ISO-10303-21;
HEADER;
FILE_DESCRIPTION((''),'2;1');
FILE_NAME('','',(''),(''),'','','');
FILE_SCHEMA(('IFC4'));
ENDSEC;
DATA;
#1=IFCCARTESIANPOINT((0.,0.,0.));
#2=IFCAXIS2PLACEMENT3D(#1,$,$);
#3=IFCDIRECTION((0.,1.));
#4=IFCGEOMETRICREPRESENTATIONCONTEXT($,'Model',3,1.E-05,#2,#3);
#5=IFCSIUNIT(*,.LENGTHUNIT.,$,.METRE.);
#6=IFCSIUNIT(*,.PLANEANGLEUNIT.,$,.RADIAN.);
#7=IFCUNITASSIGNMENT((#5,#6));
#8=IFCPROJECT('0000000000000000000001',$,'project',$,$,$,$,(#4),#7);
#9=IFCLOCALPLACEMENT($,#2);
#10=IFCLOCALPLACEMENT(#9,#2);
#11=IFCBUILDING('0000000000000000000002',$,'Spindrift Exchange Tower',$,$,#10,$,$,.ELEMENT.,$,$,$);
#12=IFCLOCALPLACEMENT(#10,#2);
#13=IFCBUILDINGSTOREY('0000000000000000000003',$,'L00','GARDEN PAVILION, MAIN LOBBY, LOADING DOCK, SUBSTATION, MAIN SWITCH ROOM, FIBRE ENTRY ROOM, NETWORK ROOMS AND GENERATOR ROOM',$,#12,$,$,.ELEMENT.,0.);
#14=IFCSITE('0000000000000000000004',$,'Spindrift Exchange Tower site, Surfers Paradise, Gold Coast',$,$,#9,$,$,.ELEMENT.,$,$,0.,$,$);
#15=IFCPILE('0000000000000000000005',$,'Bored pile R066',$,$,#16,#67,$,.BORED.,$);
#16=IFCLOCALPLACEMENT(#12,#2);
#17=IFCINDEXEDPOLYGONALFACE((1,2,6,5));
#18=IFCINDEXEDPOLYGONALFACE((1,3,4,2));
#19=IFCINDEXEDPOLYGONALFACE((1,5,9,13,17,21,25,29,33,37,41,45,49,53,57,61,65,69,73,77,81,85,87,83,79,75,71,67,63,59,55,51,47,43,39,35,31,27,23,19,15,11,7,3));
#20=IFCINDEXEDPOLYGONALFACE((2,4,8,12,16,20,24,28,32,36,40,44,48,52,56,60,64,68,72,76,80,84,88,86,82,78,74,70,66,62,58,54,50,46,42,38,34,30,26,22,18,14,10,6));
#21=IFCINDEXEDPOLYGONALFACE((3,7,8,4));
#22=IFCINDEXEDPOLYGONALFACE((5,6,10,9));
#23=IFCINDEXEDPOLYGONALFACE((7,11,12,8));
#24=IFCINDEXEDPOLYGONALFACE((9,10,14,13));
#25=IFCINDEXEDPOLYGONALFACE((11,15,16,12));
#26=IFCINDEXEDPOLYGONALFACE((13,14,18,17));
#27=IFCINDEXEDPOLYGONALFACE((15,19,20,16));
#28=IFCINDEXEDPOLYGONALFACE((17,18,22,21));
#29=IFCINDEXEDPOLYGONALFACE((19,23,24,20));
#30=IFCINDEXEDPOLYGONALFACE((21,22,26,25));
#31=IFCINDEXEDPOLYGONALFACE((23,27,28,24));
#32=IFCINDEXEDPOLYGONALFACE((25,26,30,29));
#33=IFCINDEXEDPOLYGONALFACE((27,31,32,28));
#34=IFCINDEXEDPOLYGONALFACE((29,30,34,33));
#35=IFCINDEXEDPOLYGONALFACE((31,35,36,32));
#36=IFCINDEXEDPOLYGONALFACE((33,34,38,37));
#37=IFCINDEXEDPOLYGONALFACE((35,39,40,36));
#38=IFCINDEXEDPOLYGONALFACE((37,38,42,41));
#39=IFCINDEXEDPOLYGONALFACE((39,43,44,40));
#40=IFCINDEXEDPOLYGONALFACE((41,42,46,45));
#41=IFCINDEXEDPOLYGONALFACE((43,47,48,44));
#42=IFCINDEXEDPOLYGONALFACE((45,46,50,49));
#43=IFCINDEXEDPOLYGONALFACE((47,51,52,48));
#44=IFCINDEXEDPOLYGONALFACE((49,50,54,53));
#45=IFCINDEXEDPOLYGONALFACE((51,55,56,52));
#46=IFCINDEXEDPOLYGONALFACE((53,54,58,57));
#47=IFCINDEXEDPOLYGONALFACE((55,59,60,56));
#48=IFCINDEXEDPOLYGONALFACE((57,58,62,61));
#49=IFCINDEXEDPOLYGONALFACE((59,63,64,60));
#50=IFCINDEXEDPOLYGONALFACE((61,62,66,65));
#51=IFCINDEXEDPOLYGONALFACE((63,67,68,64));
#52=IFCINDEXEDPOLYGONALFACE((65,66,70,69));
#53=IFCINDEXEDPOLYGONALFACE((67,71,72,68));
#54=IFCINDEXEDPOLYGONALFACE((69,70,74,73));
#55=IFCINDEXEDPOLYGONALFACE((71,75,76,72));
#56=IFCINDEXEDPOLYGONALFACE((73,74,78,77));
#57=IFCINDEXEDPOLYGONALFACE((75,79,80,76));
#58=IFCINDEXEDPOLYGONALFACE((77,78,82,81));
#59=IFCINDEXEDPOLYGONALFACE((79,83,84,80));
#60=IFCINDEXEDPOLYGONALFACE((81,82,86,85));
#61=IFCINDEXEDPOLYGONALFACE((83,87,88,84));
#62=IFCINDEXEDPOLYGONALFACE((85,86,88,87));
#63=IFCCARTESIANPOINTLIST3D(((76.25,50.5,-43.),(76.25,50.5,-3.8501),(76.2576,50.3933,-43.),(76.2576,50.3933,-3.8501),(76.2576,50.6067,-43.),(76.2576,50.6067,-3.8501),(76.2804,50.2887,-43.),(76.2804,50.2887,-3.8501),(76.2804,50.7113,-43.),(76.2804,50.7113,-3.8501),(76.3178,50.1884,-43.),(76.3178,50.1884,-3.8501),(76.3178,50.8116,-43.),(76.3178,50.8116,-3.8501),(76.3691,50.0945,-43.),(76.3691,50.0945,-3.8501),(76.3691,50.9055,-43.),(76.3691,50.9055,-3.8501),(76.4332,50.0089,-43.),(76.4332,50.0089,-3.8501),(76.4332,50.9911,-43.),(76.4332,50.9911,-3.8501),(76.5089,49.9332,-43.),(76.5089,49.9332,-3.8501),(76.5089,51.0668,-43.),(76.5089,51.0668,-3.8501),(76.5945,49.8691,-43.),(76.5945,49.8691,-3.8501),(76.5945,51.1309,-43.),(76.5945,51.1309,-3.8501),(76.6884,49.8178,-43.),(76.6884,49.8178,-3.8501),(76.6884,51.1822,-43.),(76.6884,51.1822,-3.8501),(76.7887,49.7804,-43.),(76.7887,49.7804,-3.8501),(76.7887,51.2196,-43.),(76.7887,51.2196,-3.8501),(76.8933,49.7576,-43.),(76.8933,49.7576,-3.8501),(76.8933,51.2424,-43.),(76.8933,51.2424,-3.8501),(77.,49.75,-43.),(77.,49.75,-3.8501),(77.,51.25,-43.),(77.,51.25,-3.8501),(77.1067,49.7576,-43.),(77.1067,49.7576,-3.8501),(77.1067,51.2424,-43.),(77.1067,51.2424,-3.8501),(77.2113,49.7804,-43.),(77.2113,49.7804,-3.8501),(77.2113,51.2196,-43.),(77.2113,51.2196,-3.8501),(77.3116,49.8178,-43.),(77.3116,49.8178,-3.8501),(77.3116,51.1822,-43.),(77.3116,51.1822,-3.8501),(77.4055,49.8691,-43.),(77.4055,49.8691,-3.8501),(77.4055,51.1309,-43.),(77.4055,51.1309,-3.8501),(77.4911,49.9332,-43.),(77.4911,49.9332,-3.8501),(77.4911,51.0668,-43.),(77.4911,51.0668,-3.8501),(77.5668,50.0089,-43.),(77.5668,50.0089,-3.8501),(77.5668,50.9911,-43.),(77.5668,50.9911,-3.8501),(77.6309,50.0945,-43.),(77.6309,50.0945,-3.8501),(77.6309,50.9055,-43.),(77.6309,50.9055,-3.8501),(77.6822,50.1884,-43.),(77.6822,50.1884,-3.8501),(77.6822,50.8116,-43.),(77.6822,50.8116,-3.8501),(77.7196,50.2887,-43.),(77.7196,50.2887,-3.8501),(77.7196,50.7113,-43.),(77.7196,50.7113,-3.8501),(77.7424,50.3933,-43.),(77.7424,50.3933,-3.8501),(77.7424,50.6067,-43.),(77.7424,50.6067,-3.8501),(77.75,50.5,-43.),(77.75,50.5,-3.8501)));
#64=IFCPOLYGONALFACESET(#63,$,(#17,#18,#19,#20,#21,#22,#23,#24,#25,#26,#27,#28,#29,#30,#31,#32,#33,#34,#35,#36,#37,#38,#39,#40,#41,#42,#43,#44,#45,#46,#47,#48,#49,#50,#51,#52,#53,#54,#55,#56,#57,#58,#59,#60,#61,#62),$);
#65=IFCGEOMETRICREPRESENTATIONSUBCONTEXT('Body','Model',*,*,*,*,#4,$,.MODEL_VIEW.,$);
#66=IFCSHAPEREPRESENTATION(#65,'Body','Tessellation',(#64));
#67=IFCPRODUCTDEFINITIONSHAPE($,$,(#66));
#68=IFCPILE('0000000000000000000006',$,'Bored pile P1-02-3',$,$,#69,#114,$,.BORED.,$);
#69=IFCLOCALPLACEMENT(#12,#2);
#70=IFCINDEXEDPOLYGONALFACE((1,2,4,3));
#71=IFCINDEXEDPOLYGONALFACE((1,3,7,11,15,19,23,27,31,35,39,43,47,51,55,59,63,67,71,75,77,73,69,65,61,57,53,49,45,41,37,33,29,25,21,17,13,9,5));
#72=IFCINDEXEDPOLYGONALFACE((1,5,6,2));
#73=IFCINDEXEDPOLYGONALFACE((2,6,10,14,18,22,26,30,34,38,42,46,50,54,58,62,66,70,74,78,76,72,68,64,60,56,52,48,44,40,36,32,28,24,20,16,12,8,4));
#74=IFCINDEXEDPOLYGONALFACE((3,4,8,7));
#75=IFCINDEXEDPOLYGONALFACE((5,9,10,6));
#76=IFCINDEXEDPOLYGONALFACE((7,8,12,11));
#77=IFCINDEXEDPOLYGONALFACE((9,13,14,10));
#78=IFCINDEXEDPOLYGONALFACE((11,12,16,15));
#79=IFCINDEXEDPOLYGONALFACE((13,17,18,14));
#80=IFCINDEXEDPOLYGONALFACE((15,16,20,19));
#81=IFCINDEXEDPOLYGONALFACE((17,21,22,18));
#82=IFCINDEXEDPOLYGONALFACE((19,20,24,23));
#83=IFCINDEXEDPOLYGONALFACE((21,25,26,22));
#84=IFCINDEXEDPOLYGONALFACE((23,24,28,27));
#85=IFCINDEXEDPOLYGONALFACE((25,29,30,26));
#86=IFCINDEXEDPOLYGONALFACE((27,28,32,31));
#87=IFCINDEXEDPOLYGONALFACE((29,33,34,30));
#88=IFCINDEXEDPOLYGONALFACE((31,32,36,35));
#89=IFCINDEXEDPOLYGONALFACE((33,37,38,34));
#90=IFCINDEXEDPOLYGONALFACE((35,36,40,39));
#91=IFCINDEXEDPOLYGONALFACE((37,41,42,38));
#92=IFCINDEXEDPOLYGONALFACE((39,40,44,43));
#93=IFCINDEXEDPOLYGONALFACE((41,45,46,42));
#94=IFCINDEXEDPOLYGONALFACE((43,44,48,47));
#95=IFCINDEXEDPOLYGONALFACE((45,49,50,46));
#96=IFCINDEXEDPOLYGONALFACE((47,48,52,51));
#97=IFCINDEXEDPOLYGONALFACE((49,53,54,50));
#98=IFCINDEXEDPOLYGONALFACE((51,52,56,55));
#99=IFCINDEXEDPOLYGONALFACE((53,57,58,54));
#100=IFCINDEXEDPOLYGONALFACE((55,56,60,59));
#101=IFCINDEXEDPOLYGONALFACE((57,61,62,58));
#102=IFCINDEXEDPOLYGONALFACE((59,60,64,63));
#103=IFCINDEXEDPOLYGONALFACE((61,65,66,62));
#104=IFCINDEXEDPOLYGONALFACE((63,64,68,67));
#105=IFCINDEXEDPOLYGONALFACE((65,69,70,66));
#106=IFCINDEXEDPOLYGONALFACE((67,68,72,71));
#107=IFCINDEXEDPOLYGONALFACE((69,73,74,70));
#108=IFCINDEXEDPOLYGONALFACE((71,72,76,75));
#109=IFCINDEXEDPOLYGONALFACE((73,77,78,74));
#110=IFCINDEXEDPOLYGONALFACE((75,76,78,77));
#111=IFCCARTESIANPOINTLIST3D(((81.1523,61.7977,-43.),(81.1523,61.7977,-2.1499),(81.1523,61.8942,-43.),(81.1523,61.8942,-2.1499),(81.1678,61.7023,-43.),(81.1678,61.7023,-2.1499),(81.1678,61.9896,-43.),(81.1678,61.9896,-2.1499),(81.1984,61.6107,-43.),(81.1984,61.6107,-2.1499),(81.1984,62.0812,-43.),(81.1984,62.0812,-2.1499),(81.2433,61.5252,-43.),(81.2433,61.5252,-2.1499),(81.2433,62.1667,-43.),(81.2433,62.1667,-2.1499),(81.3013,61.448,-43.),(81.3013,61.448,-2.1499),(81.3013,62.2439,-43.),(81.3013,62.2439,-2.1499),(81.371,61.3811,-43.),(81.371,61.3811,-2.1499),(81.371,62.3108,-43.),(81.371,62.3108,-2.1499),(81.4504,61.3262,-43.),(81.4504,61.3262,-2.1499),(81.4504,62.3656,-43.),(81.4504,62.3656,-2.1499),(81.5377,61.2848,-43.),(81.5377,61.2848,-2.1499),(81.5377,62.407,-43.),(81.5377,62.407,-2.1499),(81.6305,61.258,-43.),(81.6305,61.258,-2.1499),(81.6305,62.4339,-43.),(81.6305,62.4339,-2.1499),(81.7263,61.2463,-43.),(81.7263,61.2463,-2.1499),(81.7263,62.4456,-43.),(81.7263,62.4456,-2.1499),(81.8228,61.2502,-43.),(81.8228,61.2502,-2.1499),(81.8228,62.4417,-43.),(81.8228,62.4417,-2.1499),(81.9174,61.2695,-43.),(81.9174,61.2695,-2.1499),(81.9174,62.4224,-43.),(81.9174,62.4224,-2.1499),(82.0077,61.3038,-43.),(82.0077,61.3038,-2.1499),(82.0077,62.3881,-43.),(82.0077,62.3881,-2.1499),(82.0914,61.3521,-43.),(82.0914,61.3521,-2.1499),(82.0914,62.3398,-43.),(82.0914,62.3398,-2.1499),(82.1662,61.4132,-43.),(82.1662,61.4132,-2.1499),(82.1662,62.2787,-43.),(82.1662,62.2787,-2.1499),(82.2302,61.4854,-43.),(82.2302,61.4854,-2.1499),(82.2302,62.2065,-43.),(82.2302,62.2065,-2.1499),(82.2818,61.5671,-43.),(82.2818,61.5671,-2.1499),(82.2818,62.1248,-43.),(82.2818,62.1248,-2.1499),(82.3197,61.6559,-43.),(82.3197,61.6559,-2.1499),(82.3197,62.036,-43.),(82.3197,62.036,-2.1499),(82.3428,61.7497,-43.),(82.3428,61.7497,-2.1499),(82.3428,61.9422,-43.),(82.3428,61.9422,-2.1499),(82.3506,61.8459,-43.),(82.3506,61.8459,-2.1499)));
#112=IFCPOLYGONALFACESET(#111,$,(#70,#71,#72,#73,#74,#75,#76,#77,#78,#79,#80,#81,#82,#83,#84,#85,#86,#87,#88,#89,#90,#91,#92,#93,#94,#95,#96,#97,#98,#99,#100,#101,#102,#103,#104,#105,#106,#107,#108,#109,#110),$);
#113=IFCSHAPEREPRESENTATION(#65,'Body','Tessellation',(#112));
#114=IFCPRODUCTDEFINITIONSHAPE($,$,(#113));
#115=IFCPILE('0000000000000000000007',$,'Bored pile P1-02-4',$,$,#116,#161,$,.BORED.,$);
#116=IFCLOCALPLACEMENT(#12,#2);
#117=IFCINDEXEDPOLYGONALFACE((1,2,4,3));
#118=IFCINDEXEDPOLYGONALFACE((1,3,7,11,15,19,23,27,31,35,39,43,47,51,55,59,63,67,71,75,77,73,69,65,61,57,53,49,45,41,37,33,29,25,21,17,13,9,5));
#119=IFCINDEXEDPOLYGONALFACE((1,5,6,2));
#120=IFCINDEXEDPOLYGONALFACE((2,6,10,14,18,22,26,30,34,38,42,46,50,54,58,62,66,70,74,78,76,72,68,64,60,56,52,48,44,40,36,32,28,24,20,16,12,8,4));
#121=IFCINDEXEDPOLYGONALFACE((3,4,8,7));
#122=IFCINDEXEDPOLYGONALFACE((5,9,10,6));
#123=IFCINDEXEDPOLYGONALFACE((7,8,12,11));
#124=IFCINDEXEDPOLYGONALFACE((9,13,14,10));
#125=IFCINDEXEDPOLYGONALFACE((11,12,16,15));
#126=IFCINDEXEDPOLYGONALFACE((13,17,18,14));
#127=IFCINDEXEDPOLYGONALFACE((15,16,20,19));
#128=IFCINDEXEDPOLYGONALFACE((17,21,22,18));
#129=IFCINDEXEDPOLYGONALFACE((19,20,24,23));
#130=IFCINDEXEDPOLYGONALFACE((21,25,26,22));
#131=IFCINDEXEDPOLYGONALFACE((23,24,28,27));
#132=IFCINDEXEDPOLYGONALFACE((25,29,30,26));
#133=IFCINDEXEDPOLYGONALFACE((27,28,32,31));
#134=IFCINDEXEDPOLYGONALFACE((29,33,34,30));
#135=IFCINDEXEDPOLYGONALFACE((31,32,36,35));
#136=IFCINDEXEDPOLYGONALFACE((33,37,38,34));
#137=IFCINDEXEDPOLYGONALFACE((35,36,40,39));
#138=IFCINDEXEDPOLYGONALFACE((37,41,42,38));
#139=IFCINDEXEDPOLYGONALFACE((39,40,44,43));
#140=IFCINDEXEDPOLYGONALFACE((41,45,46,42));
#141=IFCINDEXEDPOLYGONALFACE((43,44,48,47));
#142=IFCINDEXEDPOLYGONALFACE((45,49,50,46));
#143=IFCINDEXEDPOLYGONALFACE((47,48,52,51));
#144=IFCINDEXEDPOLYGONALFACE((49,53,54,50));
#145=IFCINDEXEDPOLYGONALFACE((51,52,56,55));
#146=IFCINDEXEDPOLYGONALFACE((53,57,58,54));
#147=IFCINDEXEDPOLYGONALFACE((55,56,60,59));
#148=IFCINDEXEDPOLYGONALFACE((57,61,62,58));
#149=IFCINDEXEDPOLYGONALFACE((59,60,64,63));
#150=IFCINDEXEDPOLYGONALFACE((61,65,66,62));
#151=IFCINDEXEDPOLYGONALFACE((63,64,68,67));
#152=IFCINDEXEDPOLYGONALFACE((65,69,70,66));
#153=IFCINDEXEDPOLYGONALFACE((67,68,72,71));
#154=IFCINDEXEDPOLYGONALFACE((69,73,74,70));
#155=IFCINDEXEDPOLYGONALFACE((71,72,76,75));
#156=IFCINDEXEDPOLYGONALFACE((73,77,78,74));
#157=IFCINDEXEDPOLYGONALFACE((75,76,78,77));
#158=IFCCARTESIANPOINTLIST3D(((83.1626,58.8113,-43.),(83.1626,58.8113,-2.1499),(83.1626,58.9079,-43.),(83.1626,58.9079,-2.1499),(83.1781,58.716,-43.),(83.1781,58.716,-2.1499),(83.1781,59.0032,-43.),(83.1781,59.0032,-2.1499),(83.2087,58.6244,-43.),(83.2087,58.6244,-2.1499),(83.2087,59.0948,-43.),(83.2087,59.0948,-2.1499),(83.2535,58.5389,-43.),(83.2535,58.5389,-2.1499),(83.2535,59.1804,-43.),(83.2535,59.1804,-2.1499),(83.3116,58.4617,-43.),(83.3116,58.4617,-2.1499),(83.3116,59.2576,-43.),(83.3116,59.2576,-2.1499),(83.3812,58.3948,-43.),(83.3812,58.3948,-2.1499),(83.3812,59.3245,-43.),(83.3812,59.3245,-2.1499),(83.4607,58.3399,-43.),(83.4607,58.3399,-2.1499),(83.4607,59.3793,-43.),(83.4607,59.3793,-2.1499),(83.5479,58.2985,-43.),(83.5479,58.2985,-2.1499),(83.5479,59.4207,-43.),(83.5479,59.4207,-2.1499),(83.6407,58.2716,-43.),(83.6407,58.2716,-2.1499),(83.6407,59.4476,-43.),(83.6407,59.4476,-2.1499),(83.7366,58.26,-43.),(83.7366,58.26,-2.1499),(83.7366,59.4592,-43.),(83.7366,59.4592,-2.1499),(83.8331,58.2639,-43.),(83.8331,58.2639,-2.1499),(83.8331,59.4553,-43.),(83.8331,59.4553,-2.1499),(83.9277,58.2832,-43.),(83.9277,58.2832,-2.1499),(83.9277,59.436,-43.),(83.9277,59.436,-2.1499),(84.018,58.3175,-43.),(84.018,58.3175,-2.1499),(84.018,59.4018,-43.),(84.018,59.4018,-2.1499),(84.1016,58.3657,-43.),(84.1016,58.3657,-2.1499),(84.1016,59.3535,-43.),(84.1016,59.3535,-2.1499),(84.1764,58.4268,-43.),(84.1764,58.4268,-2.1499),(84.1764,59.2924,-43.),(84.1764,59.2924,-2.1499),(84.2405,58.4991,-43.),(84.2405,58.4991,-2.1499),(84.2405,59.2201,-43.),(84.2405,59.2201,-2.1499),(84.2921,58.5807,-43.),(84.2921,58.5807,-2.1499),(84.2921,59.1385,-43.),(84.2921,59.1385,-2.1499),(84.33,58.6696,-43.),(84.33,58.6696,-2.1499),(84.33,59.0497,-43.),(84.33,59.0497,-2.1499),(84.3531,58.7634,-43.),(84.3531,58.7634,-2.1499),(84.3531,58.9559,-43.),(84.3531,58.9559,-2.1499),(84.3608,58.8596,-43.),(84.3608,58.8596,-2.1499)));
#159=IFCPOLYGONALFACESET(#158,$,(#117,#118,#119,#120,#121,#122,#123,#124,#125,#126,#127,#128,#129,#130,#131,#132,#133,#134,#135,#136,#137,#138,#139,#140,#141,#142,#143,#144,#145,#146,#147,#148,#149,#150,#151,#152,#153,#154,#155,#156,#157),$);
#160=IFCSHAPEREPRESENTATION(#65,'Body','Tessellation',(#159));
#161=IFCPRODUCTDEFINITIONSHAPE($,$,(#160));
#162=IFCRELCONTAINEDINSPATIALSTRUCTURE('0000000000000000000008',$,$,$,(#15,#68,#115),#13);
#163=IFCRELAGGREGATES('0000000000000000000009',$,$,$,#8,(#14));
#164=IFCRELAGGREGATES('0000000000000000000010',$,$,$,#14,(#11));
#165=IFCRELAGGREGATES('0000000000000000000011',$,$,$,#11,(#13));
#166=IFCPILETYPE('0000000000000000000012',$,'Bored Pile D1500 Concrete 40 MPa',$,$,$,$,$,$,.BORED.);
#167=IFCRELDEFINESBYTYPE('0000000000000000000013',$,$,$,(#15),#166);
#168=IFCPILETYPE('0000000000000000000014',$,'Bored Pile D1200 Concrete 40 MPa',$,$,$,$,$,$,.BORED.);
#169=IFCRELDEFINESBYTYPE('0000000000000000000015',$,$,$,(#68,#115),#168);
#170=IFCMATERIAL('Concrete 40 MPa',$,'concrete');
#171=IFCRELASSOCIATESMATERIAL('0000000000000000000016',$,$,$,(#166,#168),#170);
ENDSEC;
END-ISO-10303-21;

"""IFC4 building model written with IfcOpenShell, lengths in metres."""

from ifc_helpers import new_model, si_unit, direction, frame, origin, origin_2d, place, context, subcontext, project, spatial, circle, extrude, source, transform, mapped, material, material_profile, profile_set, type_object, element, save


model = new_model("IFC4")

# Units and contexts
model_context = context("Model", 3, precision=1e-05, world=origin(), true_north=direction((0.0, 1.0)))
body_context = subcontext(model_context, "Body", "Model", "MODEL_VIEW")
ifc_project = project(units=[si_unit("LENGTHUNIT", "METRE"), si_unit("PLANEANGLEUNIT", "RADIAN")], contexts=[model_context])

# Site, building, storey
site_placement = place(None, origin())
site = spatial("IfcSite", under=ifc_project, at=site_placement, Name="Spindrift Exchange Tower site, Surfers Paradise, Gold Coast", CompositionType="ELEMENT", RefElevation=0.0)
building_placement = place(site_placement, origin())
building = spatial("IfcBuilding", under=site, at=building_placement, Name="Spindrift Exchange Tower", CompositionType="ELEMENT")
storey_placement = place(building_placement, origin())
storey = spatial("IfcBuildingStorey", under=building, at=storey_placement, Name="L00", Description="GARDEN PAVILION, MAIN LOBBY, LOADING DOCK, SUBSTATION, MAIN SWITCH ROOM, FIBRE ENTRY ROOM, NETWORK ROOMS AND GENERATOR ROOM", CompositionType="ELEMENT", Elevation=0.0)

# Piles
ifc_material_1 = material(Name="Concrete 40 MPa", Category="concrete")
ifc_material_profile_1 = material_profile(ifc_material_1, circle(Radius=0.75, at=origin_2d()), Name="BP D1500")
ifc_profile_set_1 = profile_set([ifc_material_profile_1], Name="Concrete 40 MPa")
pile_type_1 = type_object("IfcPileType", Name="Bored Pile D1500 Concrete 40 MPa", PredefinedType="BORED", material=ifc_profile_set_1)
shared_shape_1 = source(origin(), body_context, "Body", "SweptSolid", [
    extrude(circle(Radius=0.75, at=origin_2d()), origin(), (0.0, 0.0, 1.0), 39.1499),
])
for number, where, z_axis, x_axis, name in (
    (1, (77.0, 50.5, -3.8501), (0.0, 0.0, -1.0), (1.0, 0.0, 0.0), "Bored pile R066"),
):
    element("IfcPile", number, at=place(storey_placement, frame(where, z_axis=z_axis, x_axis=x_axis)), inside=storey, type_object=pile_type_1, Name=name, PredefinedType="BORED", context=body_context, shape_type="MappedRepresentation", body=[
        mapped(shared_shape_1, transform((0.0, 0.0, 0.0), scale=1.0)),
    ])
ifc_material_profile_2 = material_profile(ifc_material_1, circle(Radius=0.6001, at=origin_2d()), Name="BP D1200")
ifc_profile_set_2 = profile_set([ifc_material_profile_2], Name="Concrete 40 MPa")
pile_type_2 = type_object("IfcPileType", Name="Bored Pile D1200 Concrete 40 MPa", PredefinedType="BORED", material=ifc_profile_set_2)
shared_shape_2 = source(origin(), body_context, "Body", "SweptSolid", [
    extrude(circle(Radius=0.6001, at=origin_2d()), origin(), (0.0, 0.0, 1.0), 40.8501),
])
for number, where, z_axis, x_axis, name in (
    (2, (81.7505, 61.8459, -2.1499), (0.0, 0.0, -1.0), (1.0, 0.0, 0.0), "Bored pile P1-02-3"),
    (3, (83.7607, 58.8596, -2.1499), (0.0, 0.0, -1.0), (1.0, 0.0, 0.0), "Bored pile P1-02-4"),
):
    element("IfcPile", number, at=place(storey_placement, frame(where, z_axis=z_axis, x_axis=x_axis)), inside=storey, type_object=pile_type_2, Name=name, PredefinedType="BORED", context=body_context, shape_type="MappedRepresentation", body=[
        mapped(shared_shape_2, transform((0.0, 0.0, 0.0), scale=1.0)),
    ])

save(model, "model.ifc")
